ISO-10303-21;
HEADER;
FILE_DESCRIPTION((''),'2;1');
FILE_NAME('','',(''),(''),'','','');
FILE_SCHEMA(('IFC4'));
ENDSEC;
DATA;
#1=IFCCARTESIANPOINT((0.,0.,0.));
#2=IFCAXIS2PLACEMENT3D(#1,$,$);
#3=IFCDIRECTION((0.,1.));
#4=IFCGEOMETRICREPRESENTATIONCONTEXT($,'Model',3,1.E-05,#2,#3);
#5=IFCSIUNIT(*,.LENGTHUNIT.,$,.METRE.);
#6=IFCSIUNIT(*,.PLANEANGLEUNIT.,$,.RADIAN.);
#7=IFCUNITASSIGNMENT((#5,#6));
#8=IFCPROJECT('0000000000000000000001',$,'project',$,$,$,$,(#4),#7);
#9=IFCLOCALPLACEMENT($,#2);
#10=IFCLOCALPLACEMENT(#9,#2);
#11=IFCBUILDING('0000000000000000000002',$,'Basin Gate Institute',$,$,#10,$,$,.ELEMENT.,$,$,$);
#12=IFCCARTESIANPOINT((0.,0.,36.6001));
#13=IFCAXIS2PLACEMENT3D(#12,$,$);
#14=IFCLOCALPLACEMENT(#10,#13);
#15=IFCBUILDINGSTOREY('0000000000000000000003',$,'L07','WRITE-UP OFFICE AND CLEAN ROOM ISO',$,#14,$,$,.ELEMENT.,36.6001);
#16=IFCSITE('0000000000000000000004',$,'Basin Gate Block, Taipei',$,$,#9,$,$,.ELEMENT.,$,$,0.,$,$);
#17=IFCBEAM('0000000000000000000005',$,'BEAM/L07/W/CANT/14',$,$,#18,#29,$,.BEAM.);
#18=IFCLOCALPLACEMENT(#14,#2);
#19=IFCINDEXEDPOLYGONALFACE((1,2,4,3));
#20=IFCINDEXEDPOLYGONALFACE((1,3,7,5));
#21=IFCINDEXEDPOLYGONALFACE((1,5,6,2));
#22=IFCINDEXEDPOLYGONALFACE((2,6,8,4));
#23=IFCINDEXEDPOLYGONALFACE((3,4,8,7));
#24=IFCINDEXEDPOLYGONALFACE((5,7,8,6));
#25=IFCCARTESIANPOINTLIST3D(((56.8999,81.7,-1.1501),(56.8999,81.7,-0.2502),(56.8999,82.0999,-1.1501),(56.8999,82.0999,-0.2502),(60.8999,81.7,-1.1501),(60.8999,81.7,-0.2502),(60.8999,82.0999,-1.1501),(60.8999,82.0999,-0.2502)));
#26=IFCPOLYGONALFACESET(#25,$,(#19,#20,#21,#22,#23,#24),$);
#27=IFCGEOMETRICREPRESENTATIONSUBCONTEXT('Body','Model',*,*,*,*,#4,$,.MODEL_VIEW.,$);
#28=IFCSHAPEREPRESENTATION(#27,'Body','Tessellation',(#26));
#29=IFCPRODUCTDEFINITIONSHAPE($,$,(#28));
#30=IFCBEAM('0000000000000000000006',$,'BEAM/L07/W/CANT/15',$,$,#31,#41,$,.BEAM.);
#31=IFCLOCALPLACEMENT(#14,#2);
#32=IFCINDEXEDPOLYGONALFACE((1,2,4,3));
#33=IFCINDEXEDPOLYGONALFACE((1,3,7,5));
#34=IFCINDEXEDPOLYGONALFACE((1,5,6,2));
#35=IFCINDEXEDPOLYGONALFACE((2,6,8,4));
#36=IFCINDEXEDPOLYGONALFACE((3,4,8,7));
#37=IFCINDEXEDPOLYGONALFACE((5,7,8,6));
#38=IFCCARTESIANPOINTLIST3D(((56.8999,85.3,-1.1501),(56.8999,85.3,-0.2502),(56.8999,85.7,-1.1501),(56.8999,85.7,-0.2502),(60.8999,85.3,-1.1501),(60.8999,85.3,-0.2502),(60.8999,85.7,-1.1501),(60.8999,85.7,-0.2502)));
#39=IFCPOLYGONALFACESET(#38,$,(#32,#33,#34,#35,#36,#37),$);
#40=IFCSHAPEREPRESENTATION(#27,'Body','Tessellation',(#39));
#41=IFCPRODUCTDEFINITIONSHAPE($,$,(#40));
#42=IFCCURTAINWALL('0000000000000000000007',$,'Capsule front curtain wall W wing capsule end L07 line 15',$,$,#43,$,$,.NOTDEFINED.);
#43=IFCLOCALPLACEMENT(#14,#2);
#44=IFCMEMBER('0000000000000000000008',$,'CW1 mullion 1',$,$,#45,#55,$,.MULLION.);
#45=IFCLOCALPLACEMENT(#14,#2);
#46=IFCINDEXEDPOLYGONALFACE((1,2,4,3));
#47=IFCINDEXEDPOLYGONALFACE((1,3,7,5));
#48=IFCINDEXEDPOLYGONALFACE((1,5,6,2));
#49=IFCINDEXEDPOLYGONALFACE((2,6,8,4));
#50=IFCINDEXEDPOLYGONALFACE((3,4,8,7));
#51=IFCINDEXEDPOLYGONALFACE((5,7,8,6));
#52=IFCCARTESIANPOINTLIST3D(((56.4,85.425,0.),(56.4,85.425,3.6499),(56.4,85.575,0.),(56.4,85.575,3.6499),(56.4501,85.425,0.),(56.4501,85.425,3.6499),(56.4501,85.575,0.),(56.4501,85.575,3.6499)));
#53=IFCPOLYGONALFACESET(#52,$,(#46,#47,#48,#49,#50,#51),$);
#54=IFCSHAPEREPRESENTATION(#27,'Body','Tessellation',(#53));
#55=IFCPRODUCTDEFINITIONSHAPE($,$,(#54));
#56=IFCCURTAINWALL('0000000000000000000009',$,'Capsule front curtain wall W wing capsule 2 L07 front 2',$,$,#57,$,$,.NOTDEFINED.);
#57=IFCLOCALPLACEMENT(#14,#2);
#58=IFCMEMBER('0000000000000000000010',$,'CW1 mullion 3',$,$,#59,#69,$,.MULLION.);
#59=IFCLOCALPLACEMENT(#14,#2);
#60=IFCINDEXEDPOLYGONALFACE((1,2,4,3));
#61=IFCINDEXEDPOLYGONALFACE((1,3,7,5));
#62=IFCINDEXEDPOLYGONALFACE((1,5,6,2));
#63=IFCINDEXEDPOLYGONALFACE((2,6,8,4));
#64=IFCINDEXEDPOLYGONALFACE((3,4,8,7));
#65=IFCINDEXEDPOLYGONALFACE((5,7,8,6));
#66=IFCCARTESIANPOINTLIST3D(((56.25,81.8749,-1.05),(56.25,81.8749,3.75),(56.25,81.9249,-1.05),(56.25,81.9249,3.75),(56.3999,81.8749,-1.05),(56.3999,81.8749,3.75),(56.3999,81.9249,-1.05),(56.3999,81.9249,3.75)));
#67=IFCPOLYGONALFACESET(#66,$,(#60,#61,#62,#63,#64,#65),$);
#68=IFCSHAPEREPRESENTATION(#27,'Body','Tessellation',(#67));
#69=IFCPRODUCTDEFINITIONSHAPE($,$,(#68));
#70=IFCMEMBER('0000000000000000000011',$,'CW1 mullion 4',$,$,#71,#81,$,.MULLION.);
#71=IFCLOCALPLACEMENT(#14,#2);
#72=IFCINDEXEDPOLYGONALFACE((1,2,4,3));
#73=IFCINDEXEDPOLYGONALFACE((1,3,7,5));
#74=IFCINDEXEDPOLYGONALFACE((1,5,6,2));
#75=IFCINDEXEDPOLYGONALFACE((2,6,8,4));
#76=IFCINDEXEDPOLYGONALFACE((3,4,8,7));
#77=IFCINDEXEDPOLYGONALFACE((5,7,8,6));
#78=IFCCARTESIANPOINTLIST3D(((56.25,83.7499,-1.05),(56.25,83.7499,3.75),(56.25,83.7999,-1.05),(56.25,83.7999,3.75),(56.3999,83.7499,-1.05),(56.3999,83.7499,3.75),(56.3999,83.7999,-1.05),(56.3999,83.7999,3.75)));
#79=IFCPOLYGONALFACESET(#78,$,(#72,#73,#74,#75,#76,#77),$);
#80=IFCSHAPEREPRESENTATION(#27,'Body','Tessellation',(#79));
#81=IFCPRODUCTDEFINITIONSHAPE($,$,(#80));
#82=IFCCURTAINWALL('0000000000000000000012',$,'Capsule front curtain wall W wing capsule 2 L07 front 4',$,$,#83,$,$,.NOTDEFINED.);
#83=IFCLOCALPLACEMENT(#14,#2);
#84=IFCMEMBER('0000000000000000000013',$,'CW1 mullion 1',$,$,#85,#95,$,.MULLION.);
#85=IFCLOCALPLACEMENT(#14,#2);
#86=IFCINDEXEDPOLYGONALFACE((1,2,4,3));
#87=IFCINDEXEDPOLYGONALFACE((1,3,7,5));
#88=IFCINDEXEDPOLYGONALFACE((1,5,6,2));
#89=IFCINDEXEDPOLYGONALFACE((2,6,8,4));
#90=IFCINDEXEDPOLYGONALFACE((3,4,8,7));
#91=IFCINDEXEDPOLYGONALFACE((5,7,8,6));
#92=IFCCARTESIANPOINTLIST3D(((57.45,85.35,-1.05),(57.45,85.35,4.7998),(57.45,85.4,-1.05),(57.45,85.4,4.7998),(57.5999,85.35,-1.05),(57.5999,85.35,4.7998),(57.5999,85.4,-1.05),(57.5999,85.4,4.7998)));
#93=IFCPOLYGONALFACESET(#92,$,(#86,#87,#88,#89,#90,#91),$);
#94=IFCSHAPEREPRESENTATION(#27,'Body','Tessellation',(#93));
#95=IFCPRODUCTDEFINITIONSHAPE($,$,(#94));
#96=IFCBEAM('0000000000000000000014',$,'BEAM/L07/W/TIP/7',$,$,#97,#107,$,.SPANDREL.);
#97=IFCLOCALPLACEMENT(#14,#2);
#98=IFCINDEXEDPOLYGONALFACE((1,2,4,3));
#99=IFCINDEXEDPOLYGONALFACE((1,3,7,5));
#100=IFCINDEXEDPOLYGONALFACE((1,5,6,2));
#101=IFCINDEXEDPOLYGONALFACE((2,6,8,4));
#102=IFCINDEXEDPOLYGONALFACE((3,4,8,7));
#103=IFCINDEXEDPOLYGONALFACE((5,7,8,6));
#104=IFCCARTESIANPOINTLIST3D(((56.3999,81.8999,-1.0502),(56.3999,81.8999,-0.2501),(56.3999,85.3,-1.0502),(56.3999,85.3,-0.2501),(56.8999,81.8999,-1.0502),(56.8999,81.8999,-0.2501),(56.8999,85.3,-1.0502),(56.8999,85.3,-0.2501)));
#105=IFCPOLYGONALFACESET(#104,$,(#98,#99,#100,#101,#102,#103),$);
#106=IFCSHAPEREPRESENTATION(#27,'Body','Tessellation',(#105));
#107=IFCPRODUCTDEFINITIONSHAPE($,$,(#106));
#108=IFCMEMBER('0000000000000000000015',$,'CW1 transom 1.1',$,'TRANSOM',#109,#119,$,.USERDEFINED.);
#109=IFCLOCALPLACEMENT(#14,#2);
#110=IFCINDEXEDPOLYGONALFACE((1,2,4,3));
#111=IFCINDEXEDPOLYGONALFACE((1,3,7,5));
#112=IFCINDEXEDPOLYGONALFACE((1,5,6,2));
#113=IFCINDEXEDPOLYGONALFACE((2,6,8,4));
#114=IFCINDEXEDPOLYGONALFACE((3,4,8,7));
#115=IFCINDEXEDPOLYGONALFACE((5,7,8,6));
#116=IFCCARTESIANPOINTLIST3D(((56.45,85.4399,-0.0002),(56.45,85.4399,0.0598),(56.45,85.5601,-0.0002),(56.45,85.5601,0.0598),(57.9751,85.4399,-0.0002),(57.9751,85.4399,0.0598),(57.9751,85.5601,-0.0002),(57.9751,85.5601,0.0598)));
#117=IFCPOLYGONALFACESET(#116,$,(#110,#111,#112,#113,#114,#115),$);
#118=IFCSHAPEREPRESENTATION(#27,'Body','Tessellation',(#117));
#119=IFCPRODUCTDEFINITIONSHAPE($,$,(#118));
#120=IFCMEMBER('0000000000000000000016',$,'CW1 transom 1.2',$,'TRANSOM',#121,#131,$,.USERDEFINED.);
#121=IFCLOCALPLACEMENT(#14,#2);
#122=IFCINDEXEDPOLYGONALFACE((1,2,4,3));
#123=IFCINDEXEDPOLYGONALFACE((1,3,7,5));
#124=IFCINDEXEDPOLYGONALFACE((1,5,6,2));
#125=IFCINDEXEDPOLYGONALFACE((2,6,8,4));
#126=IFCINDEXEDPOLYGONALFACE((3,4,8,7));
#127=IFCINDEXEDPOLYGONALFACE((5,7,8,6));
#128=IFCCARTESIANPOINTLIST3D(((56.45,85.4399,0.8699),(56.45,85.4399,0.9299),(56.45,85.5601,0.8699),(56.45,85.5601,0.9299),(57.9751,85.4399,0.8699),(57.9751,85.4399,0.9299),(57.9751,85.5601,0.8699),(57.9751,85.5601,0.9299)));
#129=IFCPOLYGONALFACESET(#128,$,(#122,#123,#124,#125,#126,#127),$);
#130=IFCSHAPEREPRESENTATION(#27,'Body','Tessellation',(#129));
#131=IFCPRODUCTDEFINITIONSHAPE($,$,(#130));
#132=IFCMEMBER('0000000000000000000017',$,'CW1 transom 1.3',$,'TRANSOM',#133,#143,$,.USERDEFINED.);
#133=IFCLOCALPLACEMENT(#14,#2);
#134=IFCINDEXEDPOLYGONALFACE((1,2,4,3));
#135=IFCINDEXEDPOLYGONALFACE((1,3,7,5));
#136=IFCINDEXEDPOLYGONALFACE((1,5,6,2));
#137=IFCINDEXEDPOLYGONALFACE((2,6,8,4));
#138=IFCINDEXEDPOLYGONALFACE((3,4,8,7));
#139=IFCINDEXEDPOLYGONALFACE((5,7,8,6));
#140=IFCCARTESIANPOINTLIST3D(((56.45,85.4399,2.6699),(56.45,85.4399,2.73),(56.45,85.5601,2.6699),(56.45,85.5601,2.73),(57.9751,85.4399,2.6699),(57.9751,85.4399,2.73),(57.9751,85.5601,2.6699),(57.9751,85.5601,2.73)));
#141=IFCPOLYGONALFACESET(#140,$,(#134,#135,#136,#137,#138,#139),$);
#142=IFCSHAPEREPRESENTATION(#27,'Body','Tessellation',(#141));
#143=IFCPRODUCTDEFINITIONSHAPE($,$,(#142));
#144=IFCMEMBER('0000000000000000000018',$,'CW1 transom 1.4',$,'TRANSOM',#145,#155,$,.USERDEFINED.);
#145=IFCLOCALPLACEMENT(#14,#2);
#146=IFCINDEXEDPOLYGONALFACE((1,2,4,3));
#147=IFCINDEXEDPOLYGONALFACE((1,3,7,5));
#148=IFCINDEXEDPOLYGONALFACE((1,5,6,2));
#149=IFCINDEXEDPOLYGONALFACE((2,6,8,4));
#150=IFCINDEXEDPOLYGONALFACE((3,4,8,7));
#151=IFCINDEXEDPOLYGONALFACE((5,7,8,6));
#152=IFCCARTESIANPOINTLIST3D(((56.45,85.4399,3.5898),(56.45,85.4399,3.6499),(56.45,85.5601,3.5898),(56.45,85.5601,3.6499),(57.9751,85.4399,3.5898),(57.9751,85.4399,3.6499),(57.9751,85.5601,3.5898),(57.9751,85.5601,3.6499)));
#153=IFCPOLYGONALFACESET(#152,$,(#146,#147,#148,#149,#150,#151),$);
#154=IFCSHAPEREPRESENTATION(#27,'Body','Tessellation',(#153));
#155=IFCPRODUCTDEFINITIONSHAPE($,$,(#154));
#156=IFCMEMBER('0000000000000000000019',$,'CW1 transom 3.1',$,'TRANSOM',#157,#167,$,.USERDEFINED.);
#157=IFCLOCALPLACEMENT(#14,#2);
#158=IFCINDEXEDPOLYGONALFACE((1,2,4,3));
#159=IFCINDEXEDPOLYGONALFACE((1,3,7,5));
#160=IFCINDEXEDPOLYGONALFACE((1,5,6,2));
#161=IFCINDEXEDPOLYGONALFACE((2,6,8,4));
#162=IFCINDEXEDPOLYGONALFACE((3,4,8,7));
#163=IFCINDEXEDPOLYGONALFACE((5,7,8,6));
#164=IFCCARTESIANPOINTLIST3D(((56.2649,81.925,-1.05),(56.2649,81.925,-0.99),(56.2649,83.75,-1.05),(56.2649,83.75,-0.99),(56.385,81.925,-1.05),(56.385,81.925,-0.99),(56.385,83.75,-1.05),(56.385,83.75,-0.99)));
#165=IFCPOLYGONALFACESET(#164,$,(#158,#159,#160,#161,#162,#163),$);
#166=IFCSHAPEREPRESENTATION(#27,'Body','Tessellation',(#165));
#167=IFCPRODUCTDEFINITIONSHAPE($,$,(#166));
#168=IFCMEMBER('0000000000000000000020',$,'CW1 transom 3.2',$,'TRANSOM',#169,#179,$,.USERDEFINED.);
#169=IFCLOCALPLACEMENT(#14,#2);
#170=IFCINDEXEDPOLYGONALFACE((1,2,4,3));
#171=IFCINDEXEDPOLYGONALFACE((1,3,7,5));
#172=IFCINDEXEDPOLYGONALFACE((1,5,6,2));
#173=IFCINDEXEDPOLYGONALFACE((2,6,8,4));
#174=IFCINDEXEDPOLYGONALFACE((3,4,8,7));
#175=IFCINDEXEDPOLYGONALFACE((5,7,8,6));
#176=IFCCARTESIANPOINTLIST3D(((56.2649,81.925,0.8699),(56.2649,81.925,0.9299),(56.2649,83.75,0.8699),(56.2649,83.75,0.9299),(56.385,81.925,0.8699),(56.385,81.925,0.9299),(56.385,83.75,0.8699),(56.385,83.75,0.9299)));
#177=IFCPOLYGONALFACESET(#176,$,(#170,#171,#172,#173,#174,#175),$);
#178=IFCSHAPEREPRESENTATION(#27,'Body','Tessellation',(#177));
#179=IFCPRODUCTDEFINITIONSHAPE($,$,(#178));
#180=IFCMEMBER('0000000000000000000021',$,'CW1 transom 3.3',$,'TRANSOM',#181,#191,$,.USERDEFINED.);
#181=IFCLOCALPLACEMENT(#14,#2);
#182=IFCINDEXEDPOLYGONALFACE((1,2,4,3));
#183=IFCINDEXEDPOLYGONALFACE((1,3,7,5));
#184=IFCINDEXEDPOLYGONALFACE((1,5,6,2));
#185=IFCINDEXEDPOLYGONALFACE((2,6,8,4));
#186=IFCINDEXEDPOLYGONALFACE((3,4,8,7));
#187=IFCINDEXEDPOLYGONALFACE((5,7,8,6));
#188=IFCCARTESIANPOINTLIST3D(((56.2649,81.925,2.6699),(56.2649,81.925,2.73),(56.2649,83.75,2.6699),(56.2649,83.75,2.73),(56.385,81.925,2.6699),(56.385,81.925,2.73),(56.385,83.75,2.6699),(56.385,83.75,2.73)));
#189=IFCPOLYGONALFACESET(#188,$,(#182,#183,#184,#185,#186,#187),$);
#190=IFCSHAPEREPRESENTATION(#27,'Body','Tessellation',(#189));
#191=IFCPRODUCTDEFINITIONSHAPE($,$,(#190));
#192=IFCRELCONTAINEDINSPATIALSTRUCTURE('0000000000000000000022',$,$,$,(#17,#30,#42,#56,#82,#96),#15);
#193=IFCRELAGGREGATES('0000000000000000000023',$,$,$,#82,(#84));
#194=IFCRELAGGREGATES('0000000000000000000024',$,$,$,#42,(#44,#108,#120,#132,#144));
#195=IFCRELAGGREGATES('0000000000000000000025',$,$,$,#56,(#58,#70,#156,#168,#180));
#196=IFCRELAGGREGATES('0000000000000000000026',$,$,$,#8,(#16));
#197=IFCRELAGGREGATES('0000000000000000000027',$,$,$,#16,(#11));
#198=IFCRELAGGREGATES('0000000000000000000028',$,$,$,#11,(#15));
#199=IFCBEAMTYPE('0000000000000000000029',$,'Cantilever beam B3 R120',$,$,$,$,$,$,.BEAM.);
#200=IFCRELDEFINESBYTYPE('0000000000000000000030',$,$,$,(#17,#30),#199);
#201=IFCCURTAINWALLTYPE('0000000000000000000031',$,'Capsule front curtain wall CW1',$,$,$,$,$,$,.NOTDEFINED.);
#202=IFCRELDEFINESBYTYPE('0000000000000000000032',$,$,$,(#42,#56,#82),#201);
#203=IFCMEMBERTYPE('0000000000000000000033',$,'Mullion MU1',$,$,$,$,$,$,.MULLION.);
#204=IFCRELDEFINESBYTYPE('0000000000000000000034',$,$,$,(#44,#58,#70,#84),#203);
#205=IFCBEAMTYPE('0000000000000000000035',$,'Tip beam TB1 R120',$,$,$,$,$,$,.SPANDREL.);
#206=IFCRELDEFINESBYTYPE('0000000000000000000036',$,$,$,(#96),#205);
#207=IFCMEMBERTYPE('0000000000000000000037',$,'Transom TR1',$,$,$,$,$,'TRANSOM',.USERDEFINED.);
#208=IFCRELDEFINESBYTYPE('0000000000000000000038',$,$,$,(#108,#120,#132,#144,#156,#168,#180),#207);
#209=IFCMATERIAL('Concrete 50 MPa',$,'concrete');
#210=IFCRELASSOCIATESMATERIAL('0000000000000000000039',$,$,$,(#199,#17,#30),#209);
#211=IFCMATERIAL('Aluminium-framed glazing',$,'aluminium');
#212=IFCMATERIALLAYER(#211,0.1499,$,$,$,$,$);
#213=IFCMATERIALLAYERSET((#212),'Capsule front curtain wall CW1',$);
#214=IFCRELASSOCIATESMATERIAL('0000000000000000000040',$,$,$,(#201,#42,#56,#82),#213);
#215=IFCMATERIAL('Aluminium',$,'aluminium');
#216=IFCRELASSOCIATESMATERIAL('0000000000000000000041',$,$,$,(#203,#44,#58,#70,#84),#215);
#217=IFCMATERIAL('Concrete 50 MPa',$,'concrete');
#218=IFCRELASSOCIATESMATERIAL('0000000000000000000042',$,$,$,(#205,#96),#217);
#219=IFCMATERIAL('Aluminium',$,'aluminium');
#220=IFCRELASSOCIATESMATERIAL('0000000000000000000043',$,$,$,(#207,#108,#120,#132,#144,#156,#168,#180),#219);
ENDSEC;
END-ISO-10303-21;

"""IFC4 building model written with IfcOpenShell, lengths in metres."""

from ifc_helpers import new_model, si_unit, direction, frame, origin, origin_2d, place, context, subcontext, project, spatial, rectangle, extrude, material, layer, layer_set, material_profile, profile_set, type_object, element, aggregate, save


model = new_model("IFC4")

# Units and contexts
model_context = context("Model", 3, precision=1e-05, world=origin(), true_north=direction((0.0, 1.0)))
body_context = subcontext(model_context, "Body", "Model", "MODEL_VIEW")
ifc_project = project(units=[si_unit("LENGTHUNIT", "METRE"), si_unit("PLANEANGLEUNIT", "RADIAN")], contexts=[model_context])

# Site, building, storey
site_placement = place(None, origin())
site = spatial("IfcSite", under=ifc_project, at=site_placement, Name="Basin Gate Block, Taipei", CompositionType="ELEMENT", RefElevation=0.0)
building_placement = place(site_placement, origin())
building = spatial("IfcBuilding", under=site, at=building_placement, Name="Basin Gate Institute", CompositionType="ELEMENT")
storey_placement = place(building_placement, frame((0.0, 0.0, 36.6001)))
storey = spatial("IfcBuildingStorey", under=building, at=storey_placement, Name="L07", Description="WRITE-UP OFFICE AND CLEAN ROOM ISO", CompositionType="ELEMENT", Elevation=36.6001)

# Beams
ifc_material_1 = material(Name="Concrete 50 MPa", Category="concrete")
ifc_material_profile_1 = material_profile(ifc_material_1, rectangle(XDim=0.3999, YDim=0.8999, at=origin_2d()), Name="Cantilever beam B3 400 x 900")
ifc_profile_set_1 = profile_set([ifc_material_profile_1], Name="Concrete 50 MPa")
beam_type_1 = type_object("IfcBeamType", Name="Cantilever beam B3 R120", PredefinedType="BEAM", material=ifc_profile_set_1)
for number, where, z_axis, x_axis, name in (
    (1, (56.8999, 81.8999, -0.7002), (1.0, 0.0, 0.0), (0.0, 1.0, 0.0), "BEAM/L07/W/CANT/14"),
    (2, (56.8999, 85.5, -0.7002), (1.0, 0.0, 0.0), (0.0, 1.0, 0.0), "BEAM/L07/W/CANT/15"),
):
    element("IfcBeam", number, at=place(storey_placement, frame(where, z_axis=z_axis, x_axis=x_axis)), inside=storey, type_object=beam_type_1, material=ifc_profile_set_1, Name=name, PredefinedType="BEAM", context=body_context, shape_type="SweptSolid", body=[
        extrude(rectangle(XDim=0.3999, YDim=0.8999, at=origin_2d()), origin(), (0.0, 0.0, 1.0), 4.0),
    ])

# Curtain wall, member
ifc_material_2 = material(Name="Aluminium-framed glazing", Category="aluminium")
ifc_layer_1 = layer(ifc_material_2, 0.1499)
ifc_layer_set_1 = layer_set([ifc_layer_1], Name="Capsule front curtain wall CW1")
curtain_wall_type = type_object("IfcCurtainWallType", Name="Capsule front curtain wall CW1", PredefinedType="NOTDEFINED", material=ifc_layer_set_1)
curtain_wall_1_placement = place(storey_placement, origin())
curtain_wall_1 = element("IfcCurtainWall", 3, at=curtain_wall_1_placement, inside=storey, type_object=curtain_wall_type, material=ifc_layer_set_1, Name="Capsule front curtain wall W wing capsule end L07 line 15", PredefinedType="NOTDEFINED")
ifc_material_3 = material(Name="Aluminium", Category="aluminium")
ifc_material_profile_2 = material_profile(ifc_material_3, rectangle(XDim=0.1499, YDim=0.05, at=origin_2d()), Name="Mullion MU1 150 x 50")
ifc_profile_set_2 = profile_set([ifc_material_profile_2], Name="Aluminium")
member_type_1 = type_object("IfcMemberType", Name="Mullion MU1", PredefinedType="MULLION", material=ifc_profile_set_2)
member_1_placement = place(storey_placement, frame((56.425, 85.5, 0.0), z_axis=(0.0, 0.0, 1.0), x_axis=(0.0, 1.0, 0.0)))
member_1 = element("IfcMember", 4, at=member_1_placement, type_object=member_type_1, material=ifc_profile_set_2, Name="CW1 mullion 1", PredefinedType="MULLION", context=body_context, shape_type="SweptSolid", body=[
    extrude(rectangle(XDim=0.1499, YDim=0.05, at=origin_2d()), origin(), (0.0, 0.0, 1.0), 3.6499),
])

# Curtain wall, members
curtain_wall_2_placement = place(storey_placement, origin())
curtain_wall_2 = element("IfcCurtainWall", 5, at=curtain_wall_2_placement, inside=storey, type_object=curtain_wall_type, material=ifc_layer_set_1, Name="Capsule front curtain wall W wing capsule 2 L07 front 2", PredefinedType="NOTDEFINED")
member_2_placement = place(storey_placement, frame((56.325, 81.8999, -1.05), z_axis=(0.0, 0.0, 1.0), x_axis=(-1.0, 0.0, 0.0)))
member_2 = element("IfcMember", 6, at=member_2_placement, type_object=member_type_1, material=ifc_profile_set_2, Name="CW1 mullion 3", PredefinedType="MULLION", context=body_context, shape_type="SweptSolid", body=[
    extrude(rectangle(XDim=0.1499, YDim=0.05, at=origin_2d()), origin(), (0.0, 0.0, 1.0), 4.8),
])
member_3_placement = place(storey_placement, frame((56.325, 83.7749, -1.05), z_axis=(0.0, 0.0, 1.0), x_axis=(-1.0, 0.0, 0.0)))
member_3 = element("IfcMember", 7, at=member_3_placement, type_object=member_type_1, material=ifc_profile_set_2, Name="CW1 mullion 4", PredefinedType="MULLION", context=body_context, shape_type="SweptSolid", body=[
    extrude(rectangle(XDim=0.1499, YDim=0.05, at=origin_2d()), origin(), (0.0, 0.0, 1.0), 4.8),
])

# Curtain wall, member
curtain_wall_3_placement = place(storey_placement, origin())
curtain_wall_3 = element("IfcCurtainWall", 8, at=curtain_wall_3_placement, inside=storey, type_object=curtain_wall_type, material=ifc_layer_set_1, Name="Capsule front curtain wall W wing capsule 2 L07 front 4", PredefinedType="NOTDEFINED")
member_4_placement = place(storey_placement, frame((57.5249, 85.375, -1.05), z_axis=(0.0, 0.0, 1.0), x_axis=(-1.0, 0.0, 0.0)))
member_4 = element("IfcMember", 9, at=member_4_placement, type_object=member_type_1, material=ifc_profile_set_2, Name="CW1 mullion 1", PredefinedType="MULLION", context=body_context, shape_type="SweptSolid", body=[
    extrude(rectangle(XDim=0.1499, YDim=0.05, at=origin_2d()), origin(), (0.0, 0.0, 1.0), 5.8499),
])

# Beam
ifc_material_4 = material(Name="Concrete 50 MPa", Category="concrete")
ifc_material_profile_3 = material_profile(ifc_material_4, rectangle(XDim=0.5, YDim=0.8, at=origin_2d()), Name="Tip beam TB1 500 x 800")
ifc_profile_set_3 = profile_set([ifc_material_profile_3], Name="Concrete 50 MPa")
beam_type_2 = type_object("IfcBeamType", Name="Tip beam TB1 R120", PredefinedType="SPANDREL", material=ifc_profile_set_3)
beam_placement = place(storey_placement, frame((56.6499, 81.8999, -0.6501), z_axis=(0.0, 1.0, 0.0), x_axis=(-1.0, 0.0, 0.0)))
element("IfcBeam", 10, at=beam_placement, inside=storey, type_object=beam_type_2, material=ifc_profile_set_3, Name="BEAM/L07/W/TIP/7", PredefinedType="SPANDREL", context=body_context, shape_type="SweptSolid", body=[
    extrude(rectangle(XDim=0.5, YDim=0.8, at=origin_2d()), origin(), (0.0, 0.0, 1.0), 3.4001),
])

# Members
ifc_material_5 = material(Name="Aluminium", Category="aluminium")
ifc_material_profile_4 = material_profile(ifc_material_5, rectangle(XDim=0.1201, YDim=0.0601, at=origin_2d()), Name="Transom TR1 120 x 60")
ifc_profile_set_4 = profile_set([ifc_material_profile_4], Name="Aluminium")
member_type_2 = type_object("IfcMemberType", Name="Transom TR1", ElementType="TRANSOM", PredefinedType="USERDEFINED", material=ifc_profile_set_4)
member_5_placement = place(storey_placement, frame((56.45, 85.5, 0.0298), z_axis=(1.0, 0.0, 0.0), x_axis=(0.0, 1.0, 0.0)))
member_5 = element("IfcMember", 11, at=member_5_placement, type_object=member_type_2, material=ifc_profile_set_4, Name="CW1 transom 1.1", ObjectType="TRANSOM", PredefinedType="USERDEFINED", context=body_context, shape_type="SweptSolid", body=[
    extrude(rectangle(XDim=0.1201, YDim=0.0601, at=origin_2d()), origin(), (0.0, 0.0, 1.0), 1.5251),
])
member_6_placement = place(storey_placement, frame((56.45, 85.5, 0.8999), z_axis=(1.0, 0.0, 0.0), x_axis=(0.0, 1.0, 0.0)))
member_6 = element("IfcMember", 12, at=member_6_placement, type_object=member_type_2, material=ifc_profile_set_4, Name="CW1 transom 1.2", ObjectType="TRANSOM", PredefinedType="USERDEFINED", context=body_context, shape_type="SweptSolid", body=[
    extrude(rectangle(XDim=0.1201, YDim=0.0601, at=origin_2d()), origin(), (0.0, 0.0, 1.0), 1.5251),
])
member_7_placement = place(storey_placement, frame((56.45, 85.5, 2.7), z_axis=(1.0, 0.0, 0.0), x_axis=(0.0, 1.0, 0.0)))
member_7 = element("IfcMember", 13, at=member_7_placement, type_object=member_type_2, material=ifc_profile_set_4, Name="CW1 transom 1.3", ObjectType="TRANSOM", PredefinedType="USERDEFINED", context=body_context, shape_type="SweptSolid", body=[
    extrude(rectangle(XDim=0.1201, YDim=0.0601, at=origin_2d()), origin(), (0.0, 0.0, 1.0), 1.5251),
])
member_8_placement = place(storey_placement, frame((56.45, 85.5, 3.6199), z_axis=(1.0, 0.0, 0.0), x_axis=(0.0, 1.0, 0.0)))
member_8 = element("IfcMember", 14, at=member_8_placement, type_object=member_type_2, material=ifc_profile_set_4, Name="CW1 transom 1.4", ObjectType="TRANSOM", PredefinedType="USERDEFINED", context=body_context, shape_type="SweptSolid", body=[
    extrude(rectangle(XDim=0.1201, YDim=0.0601, at=origin_2d()), origin(), (0.0, 0.0, 1.0), 1.5251),
])
member_9_placement = place(storey_placement, frame((56.325, 81.925, -1.02), z_axis=(0.0, 1.0, 0.0), x_axis=(-1.0, 0.0, 0.0)))
member_9 = element("IfcMember", 15, at=member_9_placement, type_object=member_type_2, material=ifc_profile_set_4, Name="CW1 transom 3.1", ObjectType="TRANSOM", PredefinedType="USERDEFINED", context=body_context, shape_type="SweptSolid", body=[
    extrude(rectangle(XDim=0.1201, YDim=0.0601, at=origin_2d()), origin(), (0.0, 0.0, 1.0), 1.825),
])
member_10_placement = place(storey_placement, frame((56.325, 81.925, 0.8999), z_axis=(0.0, 1.0, 0.0), x_axis=(-1.0, 0.0, 0.0)))
member_10 = element("IfcMember", 16, at=member_10_placement, type_object=member_type_2, material=ifc_profile_set_4, Name="CW1 transom 3.2", ObjectType="TRANSOM", PredefinedType="USERDEFINED", context=body_context, shape_type="SweptSolid", body=[
    extrude(rectangle(XDim=0.1201, YDim=0.0601, at=origin_2d()), origin(), (0.0, 0.0, 1.0), 1.825),
])
member_11_placement = place(storey_placement, frame((56.325, 81.925, 2.7), z_axis=(0.0, 1.0, 0.0), x_axis=(-1.0, 0.0, 0.0)))
member_11 = element("IfcMember", 17, at=member_11_placement, type_object=member_type_2, material=ifc_profile_set_4, Name="CW1 transom 3.3", ObjectType="TRANSOM", PredefinedType="USERDEFINED", context=body_context, shape_type="SweptSolid", body=[
    extrude(rectangle(XDim=0.1201, YDim=0.0601, at=origin_2d()), origin(), (0.0, 0.0, 1.0), 1.825),
])
aggregate(curtain_wall_3, [member_4])

aggregate(curtain_wall_1, [member_1, member_5, member_6, member_7, member_8])
aggregate(curtain_wall_2, [member_2, member_3, member_9, member_10, member_11])

save(model, "model.ifc")
